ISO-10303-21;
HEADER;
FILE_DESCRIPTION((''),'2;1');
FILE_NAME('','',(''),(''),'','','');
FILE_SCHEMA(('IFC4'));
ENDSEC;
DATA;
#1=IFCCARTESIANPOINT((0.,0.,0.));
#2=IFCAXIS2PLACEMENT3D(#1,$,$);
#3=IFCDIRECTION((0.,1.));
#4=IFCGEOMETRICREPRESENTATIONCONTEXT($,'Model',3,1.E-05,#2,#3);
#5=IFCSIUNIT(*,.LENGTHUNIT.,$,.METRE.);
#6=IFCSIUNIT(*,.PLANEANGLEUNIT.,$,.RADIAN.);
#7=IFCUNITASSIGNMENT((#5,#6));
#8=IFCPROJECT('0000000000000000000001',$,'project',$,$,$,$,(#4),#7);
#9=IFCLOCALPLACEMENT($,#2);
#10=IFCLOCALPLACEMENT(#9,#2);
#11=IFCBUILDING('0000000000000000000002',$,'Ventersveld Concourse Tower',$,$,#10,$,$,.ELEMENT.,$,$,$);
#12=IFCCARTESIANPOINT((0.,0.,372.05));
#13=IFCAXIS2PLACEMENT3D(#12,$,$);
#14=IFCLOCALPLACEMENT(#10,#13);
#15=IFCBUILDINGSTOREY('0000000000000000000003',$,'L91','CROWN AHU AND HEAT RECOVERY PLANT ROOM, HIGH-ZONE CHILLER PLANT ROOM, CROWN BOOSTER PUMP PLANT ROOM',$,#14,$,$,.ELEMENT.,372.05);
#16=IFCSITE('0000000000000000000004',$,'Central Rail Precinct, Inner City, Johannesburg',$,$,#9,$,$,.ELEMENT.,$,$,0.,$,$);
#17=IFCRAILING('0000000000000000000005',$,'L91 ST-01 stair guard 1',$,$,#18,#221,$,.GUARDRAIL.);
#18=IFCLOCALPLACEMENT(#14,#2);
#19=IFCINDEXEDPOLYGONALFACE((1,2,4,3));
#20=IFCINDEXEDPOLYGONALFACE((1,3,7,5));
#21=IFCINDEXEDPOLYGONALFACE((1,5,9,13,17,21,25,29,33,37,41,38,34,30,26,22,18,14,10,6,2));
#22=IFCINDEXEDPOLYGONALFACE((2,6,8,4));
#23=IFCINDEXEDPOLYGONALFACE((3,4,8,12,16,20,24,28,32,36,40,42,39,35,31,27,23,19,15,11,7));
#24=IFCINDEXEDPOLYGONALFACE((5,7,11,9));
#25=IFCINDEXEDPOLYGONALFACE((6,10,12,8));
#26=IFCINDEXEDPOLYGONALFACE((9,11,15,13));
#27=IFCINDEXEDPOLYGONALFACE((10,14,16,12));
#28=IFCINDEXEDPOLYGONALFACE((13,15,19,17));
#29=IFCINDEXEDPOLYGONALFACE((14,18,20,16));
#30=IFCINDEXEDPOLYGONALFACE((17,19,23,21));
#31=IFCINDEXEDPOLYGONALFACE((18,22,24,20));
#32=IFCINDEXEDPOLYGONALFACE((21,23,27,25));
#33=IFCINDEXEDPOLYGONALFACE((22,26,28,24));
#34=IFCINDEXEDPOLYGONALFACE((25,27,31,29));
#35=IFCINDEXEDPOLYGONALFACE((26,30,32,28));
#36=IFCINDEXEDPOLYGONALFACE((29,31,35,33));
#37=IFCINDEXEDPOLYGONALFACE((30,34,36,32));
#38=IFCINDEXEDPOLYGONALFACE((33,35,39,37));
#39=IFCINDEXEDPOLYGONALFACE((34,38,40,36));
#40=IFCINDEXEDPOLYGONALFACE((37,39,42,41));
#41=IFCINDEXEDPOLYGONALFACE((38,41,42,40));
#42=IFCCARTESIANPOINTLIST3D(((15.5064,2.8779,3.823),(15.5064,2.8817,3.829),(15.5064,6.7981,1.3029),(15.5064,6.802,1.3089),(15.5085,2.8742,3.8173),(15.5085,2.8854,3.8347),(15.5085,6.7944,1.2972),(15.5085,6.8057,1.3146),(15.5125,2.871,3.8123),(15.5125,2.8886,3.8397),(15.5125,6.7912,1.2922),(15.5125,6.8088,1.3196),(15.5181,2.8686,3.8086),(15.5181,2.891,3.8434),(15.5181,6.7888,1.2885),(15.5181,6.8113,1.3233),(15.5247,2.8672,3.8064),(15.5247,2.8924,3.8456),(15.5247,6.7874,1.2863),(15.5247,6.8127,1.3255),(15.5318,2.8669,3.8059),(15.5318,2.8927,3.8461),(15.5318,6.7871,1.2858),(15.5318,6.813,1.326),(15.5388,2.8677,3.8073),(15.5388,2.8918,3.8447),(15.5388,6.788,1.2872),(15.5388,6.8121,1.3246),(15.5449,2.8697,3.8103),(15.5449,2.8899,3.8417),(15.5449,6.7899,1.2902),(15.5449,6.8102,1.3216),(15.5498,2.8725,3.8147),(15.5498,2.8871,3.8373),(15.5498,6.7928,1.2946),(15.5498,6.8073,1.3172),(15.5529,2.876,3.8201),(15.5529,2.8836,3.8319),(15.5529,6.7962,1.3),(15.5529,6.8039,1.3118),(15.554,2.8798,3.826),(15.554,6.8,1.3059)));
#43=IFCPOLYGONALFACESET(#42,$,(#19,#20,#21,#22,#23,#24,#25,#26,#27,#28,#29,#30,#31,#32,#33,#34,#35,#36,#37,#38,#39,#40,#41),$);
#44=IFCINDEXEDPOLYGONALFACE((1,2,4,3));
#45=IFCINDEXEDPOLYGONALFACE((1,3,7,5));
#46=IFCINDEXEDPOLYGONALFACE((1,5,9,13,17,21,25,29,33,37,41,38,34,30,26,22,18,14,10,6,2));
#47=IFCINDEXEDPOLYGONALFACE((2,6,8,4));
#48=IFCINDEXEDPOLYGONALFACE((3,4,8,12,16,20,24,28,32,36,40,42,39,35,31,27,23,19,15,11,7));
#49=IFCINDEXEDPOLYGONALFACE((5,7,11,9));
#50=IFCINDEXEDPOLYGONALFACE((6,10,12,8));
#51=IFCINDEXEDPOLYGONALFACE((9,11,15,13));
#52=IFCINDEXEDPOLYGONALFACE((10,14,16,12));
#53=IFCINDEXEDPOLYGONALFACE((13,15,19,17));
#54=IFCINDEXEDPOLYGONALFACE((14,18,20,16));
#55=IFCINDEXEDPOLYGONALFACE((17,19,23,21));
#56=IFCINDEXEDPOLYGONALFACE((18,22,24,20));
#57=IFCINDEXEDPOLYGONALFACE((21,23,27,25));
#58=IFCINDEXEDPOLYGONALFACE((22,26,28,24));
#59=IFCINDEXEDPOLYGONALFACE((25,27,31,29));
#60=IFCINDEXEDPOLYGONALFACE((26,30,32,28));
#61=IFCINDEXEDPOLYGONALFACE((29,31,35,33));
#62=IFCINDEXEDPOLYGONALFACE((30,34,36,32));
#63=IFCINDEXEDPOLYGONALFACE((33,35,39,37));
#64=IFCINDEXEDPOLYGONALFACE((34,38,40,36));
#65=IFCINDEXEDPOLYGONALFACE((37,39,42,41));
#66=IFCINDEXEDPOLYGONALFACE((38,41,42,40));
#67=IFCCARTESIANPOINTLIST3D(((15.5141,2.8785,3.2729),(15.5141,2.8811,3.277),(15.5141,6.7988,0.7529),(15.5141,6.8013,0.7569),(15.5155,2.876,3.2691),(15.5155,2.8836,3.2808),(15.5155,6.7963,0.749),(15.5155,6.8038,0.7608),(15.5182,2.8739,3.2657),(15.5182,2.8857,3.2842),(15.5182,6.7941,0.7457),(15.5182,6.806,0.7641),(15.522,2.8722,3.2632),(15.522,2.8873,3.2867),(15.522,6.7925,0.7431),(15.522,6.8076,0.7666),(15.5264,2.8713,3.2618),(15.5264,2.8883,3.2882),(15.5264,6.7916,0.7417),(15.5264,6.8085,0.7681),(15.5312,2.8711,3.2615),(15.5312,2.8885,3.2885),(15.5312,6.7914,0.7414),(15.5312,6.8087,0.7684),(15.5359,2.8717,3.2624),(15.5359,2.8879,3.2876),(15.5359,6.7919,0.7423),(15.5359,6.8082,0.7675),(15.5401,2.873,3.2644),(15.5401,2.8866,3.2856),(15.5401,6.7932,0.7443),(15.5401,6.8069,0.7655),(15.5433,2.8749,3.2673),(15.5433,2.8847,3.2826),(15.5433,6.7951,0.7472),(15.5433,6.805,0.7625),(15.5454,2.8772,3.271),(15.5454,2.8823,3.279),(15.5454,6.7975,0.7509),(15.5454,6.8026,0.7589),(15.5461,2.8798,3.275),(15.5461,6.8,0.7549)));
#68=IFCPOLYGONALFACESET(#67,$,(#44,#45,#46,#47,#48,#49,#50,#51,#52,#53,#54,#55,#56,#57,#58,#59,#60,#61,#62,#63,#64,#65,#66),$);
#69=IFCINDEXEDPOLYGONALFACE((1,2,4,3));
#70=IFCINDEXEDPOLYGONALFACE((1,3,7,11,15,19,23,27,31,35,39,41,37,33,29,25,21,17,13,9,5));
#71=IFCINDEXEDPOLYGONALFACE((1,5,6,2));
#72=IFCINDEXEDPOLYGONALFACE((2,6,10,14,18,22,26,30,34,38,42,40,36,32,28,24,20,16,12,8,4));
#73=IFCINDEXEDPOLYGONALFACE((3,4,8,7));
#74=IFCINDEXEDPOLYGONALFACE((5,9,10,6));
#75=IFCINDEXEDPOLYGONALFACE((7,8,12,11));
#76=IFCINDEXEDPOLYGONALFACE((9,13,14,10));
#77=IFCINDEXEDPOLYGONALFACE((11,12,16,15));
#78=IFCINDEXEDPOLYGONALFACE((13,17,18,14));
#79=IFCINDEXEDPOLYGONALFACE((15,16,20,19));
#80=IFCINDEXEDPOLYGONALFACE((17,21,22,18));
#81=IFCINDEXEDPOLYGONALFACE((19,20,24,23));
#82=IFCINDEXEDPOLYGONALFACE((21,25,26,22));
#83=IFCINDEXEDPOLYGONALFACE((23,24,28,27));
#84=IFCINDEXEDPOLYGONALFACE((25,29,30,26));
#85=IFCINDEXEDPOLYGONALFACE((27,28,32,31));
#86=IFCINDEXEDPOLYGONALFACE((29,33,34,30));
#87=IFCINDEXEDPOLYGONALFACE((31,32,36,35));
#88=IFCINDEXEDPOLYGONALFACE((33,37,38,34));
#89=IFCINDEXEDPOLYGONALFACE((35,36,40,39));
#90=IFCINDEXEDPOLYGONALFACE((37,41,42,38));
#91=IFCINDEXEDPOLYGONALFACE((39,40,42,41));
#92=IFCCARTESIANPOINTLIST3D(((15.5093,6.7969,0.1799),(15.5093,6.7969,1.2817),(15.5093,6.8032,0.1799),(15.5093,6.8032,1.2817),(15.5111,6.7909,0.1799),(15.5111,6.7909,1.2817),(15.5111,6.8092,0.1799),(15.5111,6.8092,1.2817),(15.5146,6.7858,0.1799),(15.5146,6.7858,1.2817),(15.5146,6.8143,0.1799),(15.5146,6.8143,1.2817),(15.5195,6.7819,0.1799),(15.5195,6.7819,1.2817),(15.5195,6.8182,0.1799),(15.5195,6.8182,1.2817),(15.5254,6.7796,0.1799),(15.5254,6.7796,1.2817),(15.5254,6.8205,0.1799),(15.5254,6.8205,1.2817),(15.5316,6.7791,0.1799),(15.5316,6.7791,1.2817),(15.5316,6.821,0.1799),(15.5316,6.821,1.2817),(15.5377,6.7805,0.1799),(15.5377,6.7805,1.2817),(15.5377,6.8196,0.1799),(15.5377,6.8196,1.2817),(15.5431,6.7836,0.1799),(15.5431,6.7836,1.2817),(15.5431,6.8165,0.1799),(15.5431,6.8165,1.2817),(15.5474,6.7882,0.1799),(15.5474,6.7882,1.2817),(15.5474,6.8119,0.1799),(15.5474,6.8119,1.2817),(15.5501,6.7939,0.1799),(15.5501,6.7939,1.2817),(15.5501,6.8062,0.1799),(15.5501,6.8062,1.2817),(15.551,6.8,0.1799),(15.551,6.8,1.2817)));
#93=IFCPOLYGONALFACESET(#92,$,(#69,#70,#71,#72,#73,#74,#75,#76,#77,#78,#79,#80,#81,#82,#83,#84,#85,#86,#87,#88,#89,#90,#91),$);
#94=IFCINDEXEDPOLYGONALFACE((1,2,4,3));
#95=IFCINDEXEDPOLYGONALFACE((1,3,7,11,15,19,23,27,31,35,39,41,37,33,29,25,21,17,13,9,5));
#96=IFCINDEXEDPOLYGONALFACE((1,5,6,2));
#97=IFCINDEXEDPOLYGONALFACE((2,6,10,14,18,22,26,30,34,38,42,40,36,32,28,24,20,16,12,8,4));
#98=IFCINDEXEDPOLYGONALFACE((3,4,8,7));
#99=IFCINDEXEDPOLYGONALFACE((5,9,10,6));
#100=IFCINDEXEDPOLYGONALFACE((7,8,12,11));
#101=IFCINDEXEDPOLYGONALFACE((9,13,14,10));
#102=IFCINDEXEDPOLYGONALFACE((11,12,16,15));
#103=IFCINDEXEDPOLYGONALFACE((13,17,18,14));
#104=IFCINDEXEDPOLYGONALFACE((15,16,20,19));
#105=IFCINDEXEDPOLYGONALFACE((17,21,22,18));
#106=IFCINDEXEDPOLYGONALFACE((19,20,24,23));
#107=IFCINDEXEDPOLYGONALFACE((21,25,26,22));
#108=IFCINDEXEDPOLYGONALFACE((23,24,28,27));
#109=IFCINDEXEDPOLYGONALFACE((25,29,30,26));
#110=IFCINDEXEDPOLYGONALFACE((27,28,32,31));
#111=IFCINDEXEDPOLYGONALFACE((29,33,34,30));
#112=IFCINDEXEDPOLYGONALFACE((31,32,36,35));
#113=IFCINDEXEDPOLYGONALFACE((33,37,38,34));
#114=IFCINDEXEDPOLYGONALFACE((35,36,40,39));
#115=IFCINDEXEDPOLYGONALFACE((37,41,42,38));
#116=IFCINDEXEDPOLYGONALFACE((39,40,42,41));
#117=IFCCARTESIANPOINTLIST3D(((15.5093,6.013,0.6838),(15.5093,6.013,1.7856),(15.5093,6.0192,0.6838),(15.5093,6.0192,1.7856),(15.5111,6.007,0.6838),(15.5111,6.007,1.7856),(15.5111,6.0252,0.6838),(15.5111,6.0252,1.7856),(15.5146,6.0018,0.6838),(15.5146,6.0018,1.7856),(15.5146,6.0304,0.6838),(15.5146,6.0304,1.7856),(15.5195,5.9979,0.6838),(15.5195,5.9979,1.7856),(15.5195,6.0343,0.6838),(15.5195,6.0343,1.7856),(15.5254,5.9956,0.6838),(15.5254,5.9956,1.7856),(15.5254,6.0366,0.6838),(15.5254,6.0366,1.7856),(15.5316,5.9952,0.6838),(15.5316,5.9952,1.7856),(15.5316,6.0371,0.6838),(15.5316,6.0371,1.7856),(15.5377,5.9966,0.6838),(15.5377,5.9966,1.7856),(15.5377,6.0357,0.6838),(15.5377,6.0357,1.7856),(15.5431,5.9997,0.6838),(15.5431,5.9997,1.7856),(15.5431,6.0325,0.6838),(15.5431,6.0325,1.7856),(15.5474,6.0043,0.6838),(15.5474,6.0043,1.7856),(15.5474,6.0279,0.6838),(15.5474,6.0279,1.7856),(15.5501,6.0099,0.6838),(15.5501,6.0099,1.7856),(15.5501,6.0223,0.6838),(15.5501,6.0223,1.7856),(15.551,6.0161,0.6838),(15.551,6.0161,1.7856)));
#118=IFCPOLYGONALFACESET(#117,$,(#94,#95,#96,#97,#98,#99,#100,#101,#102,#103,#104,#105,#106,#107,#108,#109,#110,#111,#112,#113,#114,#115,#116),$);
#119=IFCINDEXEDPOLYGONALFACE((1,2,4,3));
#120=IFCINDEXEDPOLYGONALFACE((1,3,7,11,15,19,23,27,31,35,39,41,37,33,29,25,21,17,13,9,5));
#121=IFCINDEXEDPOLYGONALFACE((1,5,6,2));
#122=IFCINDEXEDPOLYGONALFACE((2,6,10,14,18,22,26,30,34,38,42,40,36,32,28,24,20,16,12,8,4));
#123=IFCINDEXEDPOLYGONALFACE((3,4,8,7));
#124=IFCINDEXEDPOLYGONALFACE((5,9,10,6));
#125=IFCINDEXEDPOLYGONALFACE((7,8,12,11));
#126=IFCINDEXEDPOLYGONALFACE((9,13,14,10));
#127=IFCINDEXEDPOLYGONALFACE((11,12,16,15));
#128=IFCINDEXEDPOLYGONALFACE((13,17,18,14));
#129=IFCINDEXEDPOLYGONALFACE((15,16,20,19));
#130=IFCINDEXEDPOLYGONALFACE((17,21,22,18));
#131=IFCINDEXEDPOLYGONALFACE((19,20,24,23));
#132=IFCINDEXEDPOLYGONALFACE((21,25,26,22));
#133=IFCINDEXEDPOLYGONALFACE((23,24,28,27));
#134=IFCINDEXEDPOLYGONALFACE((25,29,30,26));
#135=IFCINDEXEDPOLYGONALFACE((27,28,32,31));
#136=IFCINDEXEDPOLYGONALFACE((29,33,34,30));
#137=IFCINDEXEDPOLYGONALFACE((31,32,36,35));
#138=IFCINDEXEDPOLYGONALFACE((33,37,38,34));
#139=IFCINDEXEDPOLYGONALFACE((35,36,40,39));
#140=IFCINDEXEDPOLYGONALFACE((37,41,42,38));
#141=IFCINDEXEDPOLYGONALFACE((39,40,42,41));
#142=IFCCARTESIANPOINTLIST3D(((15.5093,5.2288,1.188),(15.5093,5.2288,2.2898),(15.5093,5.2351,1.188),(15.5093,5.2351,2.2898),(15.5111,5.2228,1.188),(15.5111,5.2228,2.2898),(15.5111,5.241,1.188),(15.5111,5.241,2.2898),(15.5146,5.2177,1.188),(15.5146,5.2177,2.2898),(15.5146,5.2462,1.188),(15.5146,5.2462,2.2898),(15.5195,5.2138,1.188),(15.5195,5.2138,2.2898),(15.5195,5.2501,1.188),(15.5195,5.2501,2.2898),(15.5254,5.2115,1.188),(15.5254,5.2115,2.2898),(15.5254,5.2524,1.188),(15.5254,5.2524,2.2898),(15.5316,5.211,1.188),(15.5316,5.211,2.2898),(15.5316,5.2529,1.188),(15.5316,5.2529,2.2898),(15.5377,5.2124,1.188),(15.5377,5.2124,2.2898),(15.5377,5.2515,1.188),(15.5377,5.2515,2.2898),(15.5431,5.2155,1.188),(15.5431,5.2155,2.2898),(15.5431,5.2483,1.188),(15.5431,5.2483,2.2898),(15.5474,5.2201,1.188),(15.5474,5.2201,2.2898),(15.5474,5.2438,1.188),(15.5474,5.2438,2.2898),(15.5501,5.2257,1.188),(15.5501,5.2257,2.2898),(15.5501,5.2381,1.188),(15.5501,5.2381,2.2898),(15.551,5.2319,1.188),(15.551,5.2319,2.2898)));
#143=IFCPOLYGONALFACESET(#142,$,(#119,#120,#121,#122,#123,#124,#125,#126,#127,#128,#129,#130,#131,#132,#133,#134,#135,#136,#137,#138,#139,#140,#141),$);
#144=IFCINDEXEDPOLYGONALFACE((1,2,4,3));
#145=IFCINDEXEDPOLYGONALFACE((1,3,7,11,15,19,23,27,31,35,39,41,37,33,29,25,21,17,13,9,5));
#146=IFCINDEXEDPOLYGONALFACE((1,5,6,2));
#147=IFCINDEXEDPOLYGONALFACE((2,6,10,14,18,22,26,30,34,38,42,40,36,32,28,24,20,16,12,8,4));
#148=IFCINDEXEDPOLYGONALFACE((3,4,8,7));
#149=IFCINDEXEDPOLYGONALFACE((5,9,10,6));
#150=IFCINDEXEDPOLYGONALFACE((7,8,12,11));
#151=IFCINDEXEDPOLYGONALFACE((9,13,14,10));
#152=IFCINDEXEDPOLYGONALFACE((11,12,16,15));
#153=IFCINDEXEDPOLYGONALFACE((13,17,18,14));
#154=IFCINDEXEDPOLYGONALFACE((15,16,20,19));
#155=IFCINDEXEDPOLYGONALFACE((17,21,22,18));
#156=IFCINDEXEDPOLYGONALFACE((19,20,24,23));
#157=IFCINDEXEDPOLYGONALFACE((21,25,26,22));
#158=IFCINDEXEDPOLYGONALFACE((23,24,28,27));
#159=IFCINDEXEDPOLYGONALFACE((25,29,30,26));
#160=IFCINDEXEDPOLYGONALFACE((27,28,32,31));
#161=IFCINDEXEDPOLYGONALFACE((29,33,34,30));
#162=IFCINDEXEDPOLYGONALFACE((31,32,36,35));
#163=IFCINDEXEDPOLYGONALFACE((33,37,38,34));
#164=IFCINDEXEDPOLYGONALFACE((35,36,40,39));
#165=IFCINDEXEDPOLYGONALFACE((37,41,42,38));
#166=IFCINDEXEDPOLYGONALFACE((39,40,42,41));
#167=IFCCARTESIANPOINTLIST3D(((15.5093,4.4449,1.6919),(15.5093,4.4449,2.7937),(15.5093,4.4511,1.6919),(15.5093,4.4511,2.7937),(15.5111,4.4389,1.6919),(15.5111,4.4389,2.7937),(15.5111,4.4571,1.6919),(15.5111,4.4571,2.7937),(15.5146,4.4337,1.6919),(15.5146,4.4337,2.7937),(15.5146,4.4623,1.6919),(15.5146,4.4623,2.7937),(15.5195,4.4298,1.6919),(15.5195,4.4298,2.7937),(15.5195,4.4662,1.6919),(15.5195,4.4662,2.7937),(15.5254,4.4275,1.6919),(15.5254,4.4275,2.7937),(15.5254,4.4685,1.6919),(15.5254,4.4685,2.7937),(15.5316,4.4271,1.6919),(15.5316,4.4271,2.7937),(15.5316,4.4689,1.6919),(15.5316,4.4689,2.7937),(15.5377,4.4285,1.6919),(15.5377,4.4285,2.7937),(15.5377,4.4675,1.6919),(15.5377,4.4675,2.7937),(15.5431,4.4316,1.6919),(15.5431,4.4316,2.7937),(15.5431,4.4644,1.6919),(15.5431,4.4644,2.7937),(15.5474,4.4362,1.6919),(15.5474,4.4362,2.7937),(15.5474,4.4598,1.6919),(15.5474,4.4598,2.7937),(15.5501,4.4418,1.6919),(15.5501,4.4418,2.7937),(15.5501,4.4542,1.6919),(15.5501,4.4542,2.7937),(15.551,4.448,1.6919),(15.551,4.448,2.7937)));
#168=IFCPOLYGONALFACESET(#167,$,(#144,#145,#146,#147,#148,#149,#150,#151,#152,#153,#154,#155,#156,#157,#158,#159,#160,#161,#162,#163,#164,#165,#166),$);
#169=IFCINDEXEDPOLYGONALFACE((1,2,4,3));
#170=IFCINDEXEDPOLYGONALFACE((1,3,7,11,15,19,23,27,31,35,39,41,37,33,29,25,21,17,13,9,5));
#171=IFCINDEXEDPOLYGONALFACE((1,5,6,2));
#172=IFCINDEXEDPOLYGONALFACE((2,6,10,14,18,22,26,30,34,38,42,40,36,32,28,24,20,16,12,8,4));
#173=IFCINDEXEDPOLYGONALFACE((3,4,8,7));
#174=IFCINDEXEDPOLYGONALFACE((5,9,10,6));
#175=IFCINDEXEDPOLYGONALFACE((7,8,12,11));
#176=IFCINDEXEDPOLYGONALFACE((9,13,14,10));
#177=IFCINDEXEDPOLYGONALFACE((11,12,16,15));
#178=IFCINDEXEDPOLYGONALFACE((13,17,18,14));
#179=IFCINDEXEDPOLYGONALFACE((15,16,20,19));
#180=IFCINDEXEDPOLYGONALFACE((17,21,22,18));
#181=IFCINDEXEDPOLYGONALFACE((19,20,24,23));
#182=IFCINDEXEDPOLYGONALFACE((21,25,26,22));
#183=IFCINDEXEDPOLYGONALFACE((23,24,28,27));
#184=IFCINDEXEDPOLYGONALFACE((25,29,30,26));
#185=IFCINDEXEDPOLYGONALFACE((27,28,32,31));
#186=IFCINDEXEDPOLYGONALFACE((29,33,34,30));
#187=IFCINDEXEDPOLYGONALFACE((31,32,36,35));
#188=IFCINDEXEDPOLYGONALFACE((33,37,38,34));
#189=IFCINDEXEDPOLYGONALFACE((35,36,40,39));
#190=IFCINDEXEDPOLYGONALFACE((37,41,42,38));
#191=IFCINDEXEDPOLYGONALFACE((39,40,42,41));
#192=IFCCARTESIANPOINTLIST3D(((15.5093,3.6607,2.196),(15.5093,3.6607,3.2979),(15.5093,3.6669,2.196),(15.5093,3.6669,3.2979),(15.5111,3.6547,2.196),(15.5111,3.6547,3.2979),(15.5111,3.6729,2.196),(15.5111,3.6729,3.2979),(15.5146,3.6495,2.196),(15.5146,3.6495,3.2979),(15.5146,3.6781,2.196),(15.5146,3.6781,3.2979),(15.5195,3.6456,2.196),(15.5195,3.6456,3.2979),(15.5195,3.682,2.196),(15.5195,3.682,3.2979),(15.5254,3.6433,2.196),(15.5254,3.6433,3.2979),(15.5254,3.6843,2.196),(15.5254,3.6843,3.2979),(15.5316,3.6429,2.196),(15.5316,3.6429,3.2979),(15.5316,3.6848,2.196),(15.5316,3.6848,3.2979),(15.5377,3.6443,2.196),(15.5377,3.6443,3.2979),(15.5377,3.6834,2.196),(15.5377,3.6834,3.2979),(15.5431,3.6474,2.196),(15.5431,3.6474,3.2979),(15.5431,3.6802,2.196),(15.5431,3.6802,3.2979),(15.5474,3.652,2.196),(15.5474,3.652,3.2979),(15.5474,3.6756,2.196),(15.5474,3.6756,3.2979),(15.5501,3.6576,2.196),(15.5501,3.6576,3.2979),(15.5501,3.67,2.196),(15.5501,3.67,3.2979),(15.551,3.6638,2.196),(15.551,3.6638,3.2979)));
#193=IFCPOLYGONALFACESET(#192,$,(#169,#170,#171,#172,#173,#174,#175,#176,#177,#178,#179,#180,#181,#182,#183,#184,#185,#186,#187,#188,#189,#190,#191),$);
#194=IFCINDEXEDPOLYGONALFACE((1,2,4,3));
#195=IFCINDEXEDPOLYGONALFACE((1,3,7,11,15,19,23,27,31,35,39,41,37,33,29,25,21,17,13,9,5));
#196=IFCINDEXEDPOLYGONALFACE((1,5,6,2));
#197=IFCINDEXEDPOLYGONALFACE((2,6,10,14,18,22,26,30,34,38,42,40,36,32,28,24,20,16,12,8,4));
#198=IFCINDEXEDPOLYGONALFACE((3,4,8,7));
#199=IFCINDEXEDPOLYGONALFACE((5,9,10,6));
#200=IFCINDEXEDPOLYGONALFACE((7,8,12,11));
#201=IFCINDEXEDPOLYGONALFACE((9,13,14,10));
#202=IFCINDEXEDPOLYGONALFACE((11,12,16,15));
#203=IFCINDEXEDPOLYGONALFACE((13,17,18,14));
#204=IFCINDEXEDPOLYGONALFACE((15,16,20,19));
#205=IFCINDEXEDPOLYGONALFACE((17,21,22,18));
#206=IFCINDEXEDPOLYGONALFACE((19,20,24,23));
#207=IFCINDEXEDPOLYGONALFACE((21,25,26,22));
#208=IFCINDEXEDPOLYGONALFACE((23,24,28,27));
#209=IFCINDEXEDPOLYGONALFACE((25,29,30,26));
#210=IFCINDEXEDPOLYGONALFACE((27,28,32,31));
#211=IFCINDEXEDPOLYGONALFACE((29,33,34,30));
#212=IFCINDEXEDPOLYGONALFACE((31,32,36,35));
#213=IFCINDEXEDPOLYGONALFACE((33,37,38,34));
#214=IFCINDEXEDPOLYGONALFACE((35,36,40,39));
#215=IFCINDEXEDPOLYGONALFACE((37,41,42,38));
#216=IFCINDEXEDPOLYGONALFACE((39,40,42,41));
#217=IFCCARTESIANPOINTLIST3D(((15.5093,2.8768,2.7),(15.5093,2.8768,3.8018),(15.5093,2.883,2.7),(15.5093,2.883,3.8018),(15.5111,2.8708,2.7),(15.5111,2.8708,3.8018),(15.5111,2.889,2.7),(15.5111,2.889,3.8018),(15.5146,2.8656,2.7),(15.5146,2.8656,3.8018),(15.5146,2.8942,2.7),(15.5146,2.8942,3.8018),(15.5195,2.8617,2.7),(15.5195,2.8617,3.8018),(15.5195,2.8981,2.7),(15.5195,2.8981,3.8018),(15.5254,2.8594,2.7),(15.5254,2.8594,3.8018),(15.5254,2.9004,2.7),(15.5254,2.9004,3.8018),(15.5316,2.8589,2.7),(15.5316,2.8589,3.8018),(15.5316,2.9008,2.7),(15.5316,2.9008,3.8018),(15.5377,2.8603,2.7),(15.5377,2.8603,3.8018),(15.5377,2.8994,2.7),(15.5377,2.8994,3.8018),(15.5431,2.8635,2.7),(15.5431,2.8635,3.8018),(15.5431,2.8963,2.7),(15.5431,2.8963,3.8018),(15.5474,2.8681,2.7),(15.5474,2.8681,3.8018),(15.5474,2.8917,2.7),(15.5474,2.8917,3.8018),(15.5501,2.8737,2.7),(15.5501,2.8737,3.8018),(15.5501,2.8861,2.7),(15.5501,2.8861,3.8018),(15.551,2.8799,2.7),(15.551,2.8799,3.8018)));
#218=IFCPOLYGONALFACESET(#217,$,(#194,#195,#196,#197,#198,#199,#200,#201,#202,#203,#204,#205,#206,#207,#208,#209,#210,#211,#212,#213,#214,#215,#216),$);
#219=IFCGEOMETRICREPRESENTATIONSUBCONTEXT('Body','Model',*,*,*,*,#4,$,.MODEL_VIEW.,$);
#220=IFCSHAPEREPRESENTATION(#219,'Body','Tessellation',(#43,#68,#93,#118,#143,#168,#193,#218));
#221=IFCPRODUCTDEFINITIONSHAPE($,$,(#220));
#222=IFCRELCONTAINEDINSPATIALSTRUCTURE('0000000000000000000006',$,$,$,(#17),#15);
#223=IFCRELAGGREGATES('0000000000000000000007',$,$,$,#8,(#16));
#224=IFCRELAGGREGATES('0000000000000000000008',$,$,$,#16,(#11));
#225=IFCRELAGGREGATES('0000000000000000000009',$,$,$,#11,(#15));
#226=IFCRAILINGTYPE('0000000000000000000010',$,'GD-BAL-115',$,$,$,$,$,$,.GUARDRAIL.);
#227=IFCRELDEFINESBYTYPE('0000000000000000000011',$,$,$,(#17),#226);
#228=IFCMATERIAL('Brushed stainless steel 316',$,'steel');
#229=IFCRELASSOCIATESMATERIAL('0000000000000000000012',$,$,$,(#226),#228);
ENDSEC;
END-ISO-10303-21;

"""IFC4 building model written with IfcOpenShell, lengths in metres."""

from ifc_helpers import new_model, si_unit, direction, frame, origin, origin_2d, place, context, subcontext, project, spatial, circle, extrude, material, type_object, element, save


model = new_model("IFC4")

# Units and contexts
model_context = context("Model", 3, precision=1e-05, world=origin(), true_north=direction((0.0, 1.0)))
body_context = subcontext(model_context, "Body", "Model", "MODEL_VIEW")
ifc_project = project(units=[si_unit("LENGTHUNIT", "METRE"), si_unit("PLANEANGLEUNIT", "RADIAN")], contexts=[model_context])

# Site, building, storey
site_placement = place(None, origin())
site = spatial("IfcSite", under=ifc_project, at=site_placement, Name="Central Rail Precinct, Inner City, Johannesburg", CompositionType="ELEMENT", RefElevation=0.0)
building_placement = place(site_placement, origin())
building = spatial("IfcBuilding", under=site, at=building_placement, Name="Ventersveld Concourse Tower", CompositionType="ELEMENT")
storey_placement = place(building_placement, frame((0.0, 0.0, 372.05)))
storey = spatial("IfcBuildingStorey", under=building, at=storey_placement, Name="L91", Description="CROWN AHU AND HEAT RECOVERY PLANT ROOM, HIGH-ZONE CHILLER PLANT ROOM, CROWN BOOSTER PUMP PLANT ROOM", CompositionType="ELEMENT", Elevation=372.05)

# Railing
ifc_material_1 = material(Name="Brushed stainless steel 316", Category="steel")
railing_type = type_object("IfcRailingType", Name="GD-BAL-115", PredefinedType="GUARDRAIL", material=ifc_material_1)
railing_1_placement = place(storey_placement, frame((15.53, 6.8, 0.1799)))
element("IfcRailing", 1, at=railing_1_placement, inside=storey, type_object=railing_type, Name="L91 ST-01 stair guard 1", PredefinedType="GUARDRAIL", context=body_context, shape_type="SweptSolid", body=[
    extrude(circle(Radius=0.0239, at=origin_2d()), frame((0.0, 0.0, 1.126), z_axis=(0.0, -0.841187, 0.540744), x_axis=(1.0, 0.0, 0.0)), (0.0, 0.0, 1.0), 4.6604),
    extrude(circle(Radius=0.0161, at=origin_2d()), frame((0.0, 0.0, 0.575), z_axis=(0.0, -0.841187, 0.540744), x_axis=(1.0, 0.0, 0.0)), (0.0, 0.0, 1.0), 4.6604),
    extrude(circle(Radius=0.021, at=origin_2d()), origin(), (0.0, 0.0, 1.0), 1.1018),
    extrude(circle(Radius=0.021, at=origin_2d()), frame((0.0, -0.7839, 0.5039)), (0.0, 0.0, 1.0), 1.1018),
    extrude(circle(Radius=0.021, at=origin_2d()), frame((0.0, -1.5681, 1.0081)), (0.0, 0.0, 1.0), 1.1018),
    extrude(circle(Radius=0.021, at=origin_2d()), frame((0.0, -2.3521, 1.512)), (0.0, 0.0, 1.0), 1.1018),
    extrude(circle(Radius=0.021, at=origin_2d()), frame((0.0, -3.1362, 2.0161)), (0.0, 0.0, 1.0), 1.1018),
    extrude(circle(Radius=0.021, at=origin_2d()), frame((0.0, -3.9202, 2.52)), (0.0, 0.0, 1.0), 1.1018),
])

save(model, "model.ifc")
